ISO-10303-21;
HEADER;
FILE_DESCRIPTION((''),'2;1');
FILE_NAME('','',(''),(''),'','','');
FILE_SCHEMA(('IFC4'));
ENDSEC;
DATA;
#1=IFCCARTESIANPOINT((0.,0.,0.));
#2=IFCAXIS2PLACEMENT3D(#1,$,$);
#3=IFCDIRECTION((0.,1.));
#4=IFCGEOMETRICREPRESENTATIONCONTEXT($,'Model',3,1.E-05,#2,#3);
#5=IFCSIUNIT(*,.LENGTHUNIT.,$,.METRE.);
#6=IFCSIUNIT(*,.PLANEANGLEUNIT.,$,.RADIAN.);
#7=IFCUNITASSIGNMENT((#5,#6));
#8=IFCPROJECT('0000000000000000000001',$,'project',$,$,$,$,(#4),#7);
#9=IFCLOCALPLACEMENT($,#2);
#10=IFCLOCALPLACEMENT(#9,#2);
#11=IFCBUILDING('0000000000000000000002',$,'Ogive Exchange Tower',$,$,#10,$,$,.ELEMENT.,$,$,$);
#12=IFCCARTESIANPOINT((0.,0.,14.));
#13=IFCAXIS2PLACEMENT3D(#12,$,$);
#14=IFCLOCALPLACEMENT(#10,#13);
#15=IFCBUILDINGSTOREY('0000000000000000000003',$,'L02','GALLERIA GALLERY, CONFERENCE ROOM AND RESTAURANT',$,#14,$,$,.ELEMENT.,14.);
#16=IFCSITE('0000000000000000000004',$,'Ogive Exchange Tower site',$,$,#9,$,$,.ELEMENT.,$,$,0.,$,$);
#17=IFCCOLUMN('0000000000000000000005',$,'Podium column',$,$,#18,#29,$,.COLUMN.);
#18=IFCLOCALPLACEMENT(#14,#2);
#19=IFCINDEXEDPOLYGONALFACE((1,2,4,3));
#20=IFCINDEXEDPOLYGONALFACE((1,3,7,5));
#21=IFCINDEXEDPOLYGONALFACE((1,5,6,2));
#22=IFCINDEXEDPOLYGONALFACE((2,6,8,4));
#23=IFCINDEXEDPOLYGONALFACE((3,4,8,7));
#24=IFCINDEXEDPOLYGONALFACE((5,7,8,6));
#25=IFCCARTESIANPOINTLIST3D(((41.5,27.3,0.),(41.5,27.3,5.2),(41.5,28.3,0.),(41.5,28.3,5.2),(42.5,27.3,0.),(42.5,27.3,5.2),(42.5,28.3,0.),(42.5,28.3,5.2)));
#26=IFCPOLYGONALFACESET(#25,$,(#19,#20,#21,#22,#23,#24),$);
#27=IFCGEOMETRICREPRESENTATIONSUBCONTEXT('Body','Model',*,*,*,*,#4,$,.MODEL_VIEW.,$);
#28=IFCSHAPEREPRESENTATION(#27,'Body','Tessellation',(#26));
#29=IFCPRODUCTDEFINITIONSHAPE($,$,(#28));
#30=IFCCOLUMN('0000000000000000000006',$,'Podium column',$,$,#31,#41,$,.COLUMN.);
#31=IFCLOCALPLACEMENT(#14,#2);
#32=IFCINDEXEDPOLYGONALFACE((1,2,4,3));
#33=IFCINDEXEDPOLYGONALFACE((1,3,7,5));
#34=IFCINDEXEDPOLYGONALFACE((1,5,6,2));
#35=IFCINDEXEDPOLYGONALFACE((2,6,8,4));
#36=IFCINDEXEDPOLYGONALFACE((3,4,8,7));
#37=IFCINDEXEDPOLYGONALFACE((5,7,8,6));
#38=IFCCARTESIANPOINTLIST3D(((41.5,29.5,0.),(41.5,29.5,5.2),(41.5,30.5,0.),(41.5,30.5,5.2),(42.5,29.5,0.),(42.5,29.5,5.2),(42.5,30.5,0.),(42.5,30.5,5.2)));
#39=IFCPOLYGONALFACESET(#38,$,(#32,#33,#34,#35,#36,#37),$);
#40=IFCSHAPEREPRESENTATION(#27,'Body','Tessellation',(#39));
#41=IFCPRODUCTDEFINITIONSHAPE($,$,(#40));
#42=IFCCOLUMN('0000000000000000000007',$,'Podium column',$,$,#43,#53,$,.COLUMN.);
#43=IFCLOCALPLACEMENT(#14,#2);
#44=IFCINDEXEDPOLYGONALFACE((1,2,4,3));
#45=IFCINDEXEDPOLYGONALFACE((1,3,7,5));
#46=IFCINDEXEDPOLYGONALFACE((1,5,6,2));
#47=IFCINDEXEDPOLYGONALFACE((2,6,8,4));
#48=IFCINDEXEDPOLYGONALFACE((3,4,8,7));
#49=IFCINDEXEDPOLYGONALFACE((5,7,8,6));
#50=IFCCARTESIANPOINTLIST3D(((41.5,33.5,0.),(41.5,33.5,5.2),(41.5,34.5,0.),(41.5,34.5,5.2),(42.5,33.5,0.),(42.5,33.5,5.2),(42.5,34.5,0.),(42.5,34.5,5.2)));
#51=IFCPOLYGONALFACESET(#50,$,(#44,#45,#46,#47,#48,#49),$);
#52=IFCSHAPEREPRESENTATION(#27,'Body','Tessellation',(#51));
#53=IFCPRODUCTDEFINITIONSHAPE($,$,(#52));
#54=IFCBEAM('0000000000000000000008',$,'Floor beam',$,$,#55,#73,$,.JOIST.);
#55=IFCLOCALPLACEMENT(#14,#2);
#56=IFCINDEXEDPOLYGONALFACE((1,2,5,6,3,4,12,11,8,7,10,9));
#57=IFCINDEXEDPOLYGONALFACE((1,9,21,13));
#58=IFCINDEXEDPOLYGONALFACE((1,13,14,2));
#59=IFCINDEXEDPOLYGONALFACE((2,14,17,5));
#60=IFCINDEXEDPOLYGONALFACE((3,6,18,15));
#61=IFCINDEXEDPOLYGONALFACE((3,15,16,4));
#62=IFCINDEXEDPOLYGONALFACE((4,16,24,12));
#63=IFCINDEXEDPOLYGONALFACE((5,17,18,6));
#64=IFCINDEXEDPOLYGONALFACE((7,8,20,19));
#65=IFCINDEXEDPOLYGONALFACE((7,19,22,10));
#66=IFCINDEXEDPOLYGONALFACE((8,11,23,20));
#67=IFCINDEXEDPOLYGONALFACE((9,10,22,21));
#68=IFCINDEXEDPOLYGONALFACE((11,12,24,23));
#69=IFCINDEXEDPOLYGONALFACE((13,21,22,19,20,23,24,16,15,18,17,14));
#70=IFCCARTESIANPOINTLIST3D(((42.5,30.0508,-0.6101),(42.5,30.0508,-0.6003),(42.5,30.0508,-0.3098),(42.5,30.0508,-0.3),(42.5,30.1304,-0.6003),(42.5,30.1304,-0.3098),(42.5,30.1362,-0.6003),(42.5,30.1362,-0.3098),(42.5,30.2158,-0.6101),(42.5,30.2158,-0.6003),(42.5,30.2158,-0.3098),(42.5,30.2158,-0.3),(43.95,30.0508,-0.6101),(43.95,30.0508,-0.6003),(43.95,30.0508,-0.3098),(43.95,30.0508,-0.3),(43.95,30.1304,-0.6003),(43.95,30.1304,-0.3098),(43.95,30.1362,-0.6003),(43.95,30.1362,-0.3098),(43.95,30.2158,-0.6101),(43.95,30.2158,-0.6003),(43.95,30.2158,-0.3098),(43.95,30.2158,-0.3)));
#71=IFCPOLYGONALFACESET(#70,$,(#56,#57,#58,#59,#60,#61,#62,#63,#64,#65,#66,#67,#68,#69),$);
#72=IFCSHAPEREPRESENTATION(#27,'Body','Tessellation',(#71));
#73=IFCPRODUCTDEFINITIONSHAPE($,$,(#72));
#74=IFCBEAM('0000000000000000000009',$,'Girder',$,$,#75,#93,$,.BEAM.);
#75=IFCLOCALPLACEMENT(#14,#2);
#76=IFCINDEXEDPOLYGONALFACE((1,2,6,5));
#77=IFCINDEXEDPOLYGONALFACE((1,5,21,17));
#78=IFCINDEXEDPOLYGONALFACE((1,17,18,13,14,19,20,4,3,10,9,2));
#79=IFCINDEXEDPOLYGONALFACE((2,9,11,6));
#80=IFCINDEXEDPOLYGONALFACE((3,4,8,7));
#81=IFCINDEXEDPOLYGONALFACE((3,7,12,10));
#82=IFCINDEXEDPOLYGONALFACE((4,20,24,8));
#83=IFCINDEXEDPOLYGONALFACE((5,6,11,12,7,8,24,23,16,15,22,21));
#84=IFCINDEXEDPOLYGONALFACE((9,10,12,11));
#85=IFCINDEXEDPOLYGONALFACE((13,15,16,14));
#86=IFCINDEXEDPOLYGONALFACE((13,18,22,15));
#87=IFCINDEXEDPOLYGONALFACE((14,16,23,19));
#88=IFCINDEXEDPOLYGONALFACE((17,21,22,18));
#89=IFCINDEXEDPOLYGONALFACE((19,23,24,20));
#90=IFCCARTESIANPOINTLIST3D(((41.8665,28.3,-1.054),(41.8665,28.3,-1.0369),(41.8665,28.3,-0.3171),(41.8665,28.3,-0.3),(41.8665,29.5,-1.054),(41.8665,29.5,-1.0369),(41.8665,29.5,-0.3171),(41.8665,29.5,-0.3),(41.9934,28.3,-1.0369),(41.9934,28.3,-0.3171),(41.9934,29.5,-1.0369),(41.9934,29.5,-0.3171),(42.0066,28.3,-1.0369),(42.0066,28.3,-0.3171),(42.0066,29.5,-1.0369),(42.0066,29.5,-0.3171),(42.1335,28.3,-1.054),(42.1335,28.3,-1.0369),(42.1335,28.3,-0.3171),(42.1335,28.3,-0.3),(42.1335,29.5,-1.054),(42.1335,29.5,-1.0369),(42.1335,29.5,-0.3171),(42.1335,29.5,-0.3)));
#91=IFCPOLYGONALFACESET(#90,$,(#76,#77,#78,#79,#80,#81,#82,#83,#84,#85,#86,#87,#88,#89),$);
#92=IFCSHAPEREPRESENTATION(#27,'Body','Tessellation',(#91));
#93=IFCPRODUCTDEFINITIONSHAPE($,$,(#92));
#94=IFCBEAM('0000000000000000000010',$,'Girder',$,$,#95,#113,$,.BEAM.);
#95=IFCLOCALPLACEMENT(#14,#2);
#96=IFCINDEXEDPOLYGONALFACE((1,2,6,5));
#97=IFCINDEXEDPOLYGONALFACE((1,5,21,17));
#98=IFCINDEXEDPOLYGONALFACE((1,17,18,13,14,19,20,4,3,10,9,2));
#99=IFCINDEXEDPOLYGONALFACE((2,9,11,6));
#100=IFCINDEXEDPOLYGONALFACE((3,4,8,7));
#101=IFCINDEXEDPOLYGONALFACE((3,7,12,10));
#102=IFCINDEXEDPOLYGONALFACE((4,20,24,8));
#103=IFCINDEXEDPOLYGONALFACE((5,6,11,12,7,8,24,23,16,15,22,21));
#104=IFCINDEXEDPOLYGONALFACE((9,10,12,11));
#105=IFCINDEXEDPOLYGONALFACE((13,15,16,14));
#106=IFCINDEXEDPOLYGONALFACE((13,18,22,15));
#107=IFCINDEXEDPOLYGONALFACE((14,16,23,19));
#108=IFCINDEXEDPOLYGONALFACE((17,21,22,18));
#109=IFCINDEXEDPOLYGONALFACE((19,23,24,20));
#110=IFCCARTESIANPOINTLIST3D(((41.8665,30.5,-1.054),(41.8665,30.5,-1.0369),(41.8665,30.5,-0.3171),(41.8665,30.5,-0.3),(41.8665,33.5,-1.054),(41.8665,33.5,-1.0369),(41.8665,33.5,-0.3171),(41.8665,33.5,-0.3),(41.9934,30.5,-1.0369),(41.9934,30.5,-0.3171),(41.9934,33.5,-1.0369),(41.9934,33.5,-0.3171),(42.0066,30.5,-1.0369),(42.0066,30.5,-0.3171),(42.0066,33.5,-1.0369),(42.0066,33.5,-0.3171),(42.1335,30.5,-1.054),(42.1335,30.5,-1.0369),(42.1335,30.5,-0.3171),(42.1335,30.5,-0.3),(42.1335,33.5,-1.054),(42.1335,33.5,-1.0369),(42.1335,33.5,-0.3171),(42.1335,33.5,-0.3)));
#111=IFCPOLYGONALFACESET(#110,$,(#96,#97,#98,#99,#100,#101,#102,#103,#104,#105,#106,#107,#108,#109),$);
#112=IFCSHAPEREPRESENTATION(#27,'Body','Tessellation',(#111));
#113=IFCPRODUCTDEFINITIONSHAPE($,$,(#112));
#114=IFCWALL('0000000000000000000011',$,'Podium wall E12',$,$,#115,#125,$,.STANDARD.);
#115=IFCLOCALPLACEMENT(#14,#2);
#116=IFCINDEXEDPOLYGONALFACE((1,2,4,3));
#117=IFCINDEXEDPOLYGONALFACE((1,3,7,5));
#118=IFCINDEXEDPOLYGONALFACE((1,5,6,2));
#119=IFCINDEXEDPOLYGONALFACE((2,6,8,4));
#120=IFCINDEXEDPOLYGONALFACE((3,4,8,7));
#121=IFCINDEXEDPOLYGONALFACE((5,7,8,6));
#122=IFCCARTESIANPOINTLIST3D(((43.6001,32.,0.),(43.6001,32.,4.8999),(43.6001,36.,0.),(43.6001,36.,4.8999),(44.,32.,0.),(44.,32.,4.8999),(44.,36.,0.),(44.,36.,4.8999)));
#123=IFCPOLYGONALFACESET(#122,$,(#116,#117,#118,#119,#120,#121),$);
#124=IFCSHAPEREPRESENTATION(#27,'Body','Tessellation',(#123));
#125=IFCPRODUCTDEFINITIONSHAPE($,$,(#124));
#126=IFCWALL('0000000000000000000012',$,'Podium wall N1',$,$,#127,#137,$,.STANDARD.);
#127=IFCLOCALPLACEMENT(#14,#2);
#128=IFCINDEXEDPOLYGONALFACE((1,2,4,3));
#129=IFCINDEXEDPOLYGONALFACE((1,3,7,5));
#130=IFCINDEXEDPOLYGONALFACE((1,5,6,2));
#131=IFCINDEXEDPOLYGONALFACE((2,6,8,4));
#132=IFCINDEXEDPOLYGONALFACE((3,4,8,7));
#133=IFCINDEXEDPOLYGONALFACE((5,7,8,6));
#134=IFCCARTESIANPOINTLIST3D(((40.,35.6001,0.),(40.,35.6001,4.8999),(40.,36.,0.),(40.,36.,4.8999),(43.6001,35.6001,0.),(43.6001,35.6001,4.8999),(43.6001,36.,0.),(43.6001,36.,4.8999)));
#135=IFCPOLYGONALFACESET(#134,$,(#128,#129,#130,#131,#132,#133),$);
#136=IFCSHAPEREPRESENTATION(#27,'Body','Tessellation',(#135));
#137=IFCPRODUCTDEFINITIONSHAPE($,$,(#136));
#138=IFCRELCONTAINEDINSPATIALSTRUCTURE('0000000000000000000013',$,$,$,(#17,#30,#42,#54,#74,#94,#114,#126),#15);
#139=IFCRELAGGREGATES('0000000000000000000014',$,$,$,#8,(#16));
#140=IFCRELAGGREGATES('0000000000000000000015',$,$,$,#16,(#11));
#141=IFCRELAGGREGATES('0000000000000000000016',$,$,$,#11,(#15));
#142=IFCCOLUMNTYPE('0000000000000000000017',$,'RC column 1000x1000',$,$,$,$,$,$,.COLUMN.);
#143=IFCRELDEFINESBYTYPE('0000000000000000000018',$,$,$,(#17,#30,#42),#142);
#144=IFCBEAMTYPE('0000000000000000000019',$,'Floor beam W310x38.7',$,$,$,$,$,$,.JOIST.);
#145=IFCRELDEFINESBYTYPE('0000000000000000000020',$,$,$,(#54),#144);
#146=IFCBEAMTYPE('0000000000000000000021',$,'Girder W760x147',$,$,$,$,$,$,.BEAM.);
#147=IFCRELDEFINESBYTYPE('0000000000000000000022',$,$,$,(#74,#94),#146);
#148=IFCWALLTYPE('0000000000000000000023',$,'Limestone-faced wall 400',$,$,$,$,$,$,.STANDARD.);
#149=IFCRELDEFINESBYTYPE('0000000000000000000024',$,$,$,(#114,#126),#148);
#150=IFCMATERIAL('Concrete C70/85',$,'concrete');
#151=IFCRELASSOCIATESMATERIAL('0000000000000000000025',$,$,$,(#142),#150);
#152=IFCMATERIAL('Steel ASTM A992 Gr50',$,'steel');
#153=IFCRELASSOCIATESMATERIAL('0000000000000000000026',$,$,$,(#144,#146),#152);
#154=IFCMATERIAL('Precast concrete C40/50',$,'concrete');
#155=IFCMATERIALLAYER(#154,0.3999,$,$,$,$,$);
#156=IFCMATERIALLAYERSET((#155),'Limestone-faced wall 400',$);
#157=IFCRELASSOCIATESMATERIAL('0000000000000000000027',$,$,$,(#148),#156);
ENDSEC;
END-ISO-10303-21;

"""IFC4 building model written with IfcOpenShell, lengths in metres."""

from ifc_helpers import new_model, si_unit, direction, frame, frame_2d, origin, origin_2d, place, context, subcontext, project, spatial, rectangle, i_section, extrude, material, layer, layer_set, material_profile, profile_set, type_object, element, save


model = new_model("IFC4")

# Units and contexts
model_context = context("Model", 3, precision=1e-05, world=origin(), true_north=direction((0.0, 1.0)))
body_context = subcontext(model_context, "Body", "Model", "MODEL_VIEW")
ifc_project = project(units=[si_unit("LENGTHUNIT", "METRE"), si_unit("PLANEANGLEUNIT", "RADIAN")], contexts=[model_context])

# Site, building, storey
site_placement = place(None, origin())
site = spatial("IfcSite", under=ifc_project, at=site_placement, Name="Ogive Exchange Tower site", CompositionType="ELEMENT", RefElevation=0.0)
building_placement = place(site_placement, origin())
building = spatial("IfcBuilding", under=site, at=building_placement, Name="Ogive Exchange Tower", CompositionType="ELEMENT")
storey_placement = place(building_placement, frame((0.0, 0.0, 14.0)))
storey = spatial("IfcBuildingStorey", under=building, at=storey_placement, Name="L02", Description="GALLERIA GALLERY, CONFERENCE ROOM AND RESTAURANT", CompositionType="ELEMENT", Elevation=14.0)

# Columns
ifc_material_1 = material(Name="Concrete C70/85", Category="concrete")
ifc_material_profile_1 = material_profile(ifc_material_1, rectangle(XDim=1.0, YDim=1.0, at=origin_2d()), Name="RC 1000x1000")
ifc_profile_set_1 = profile_set([ifc_material_profile_1], Name="Concrete C70/85")
column_type = type_object("IfcColumnType", Name="RC column 1000x1000", PredefinedType="COLUMN", material=ifc_profile_set_1)
for number, where, z_axis, x_axis, name in (
    (1, (42.0, 27.8, 0.0), (0.0, 0.0, 1.0), (1.0, 0.0, 0.0), "Podium column"),
    (2, (42.0, 30.0, 0.0), (0.0, 0.0, 1.0), (1.0, 0.0, 0.0), "Podium column"),
    (3, (42.0, 34.0, 0.0), (0.0, 0.0, 1.0), (1.0, 0.0, 0.0), "Podium column"),
):
    element("IfcColumn", number, at=place(storey_placement, frame(where, z_axis=z_axis, x_axis=x_axis)), inside=storey, type_object=column_type, Name=name, PredefinedType="COLUMN", context=body_context, shape_type="SweptSolid", body=[
        extrude(rectangle(XDim=1.0, YDim=1.0, at=origin_2d()), origin(), (0.0, 0.0, 1.0), 5.2),
    ])

# Beams
ifc_material_2 = material(Name="Steel ASTM A992 Gr50", Category="steel")
ifc_material_profile_2 = material_profile(ifc_material_2, i_section(OverallWidth=0.165, OverallDepth=0.3101, WebThickness=0.0059, FlangeThickness=0.0098, at=origin_2d()), Name="W310x38.7")
ifc_profile_set_2 = profile_set([ifc_material_profile_2], Name="Steel ASTM A992 Gr50")
beam_type_1 = type_object("IfcBeamType", Name="Floor beam W310x38.7", PredefinedType="JOIST", material=ifc_profile_set_2)
beam_1_placement = place(storey_placement, frame((42.5, 30.1333, -0.4551), z_axis=(1.0, 0.0, 0.0), x_axis=(0.0, 1.0, 0.0)))
element("IfcBeam", 4, at=beam_1_placement, inside=storey, type_object=beam_type_1, Name="Floor beam", PredefinedType="JOIST", context=body_context, shape_type="SweptSolid", body=[
    extrude(i_section(OverallWidth=0.165, OverallDepth=0.3101, WebThickness=0.0059, FlangeThickness=0.0098, at=origin_2d()), origin(), (0.0, 0.0, 1.0), 1.45),
])
ifc_material_profile_3 = material_profile(ifc_material_2, i_section(OverallWidth=0.2671, OverallDepth=0.7539, WebThickness=0.0132, FlangeThickness=0.0171, at=origin_2d()), Name="W760x147")
ifc_profile_set_3 = profile_set([ifc_material_profile_3], Name="Steel ASTM A992 Gr50")
beam_type_2 = type_object("IfcBeamType", Name="Girder W760x147", PredefinedType="BEAM", material=ifc_profile_set_3)
beam_2_placement = place(storey_placement, frame((42.0, 28.3, -0.677), z_axis=(0.0, 1.0, 0.0), x_axis=(-1.0, 0.0, 0.0)))
element("IfcBeam", 5, at=beam_2_placement, inside=storey, type_object=beam_type_2, Name="Girder", PredefinedType="BEAM", context=body_context, shape_type="SweptSolid", body=[
    extrude(i_section(OverallWidth=0.2671, OverallDepth=0.7539, WebThickness=0.0132, FlangeThickness=0.0171, at=origin_2d()), origin(), (0.0, 0.0, 1.0), 1.2),
])
beam_3_placement = place(storey_placement, frame((42.0, 30.5, -0.677), z_axis=(0.0, 1.0, 0.0), x_axis=(-1.0, 0.0, 0.0)))
element("IfcBeam", 6, at=beam_3_placement, inside=storey, type_object=beam_type_2, Name="Girder", PredefinedType="BEAM", context=body_context, shape_type="SweptSolid", body=[
    extrude(i_section(OverallWidth=0.2671, OverallDepth=0.7539, WebThickness=0.0132, FlangeThickness=0.0171, at=origin_2d()), origin(), (0.0, 0.0, 1.0), 3.0),
])

# Walls
ifc_material_3 = material(Name="Precast concrete C40/50", Category="concrete")
ifc_layer_1 = layer(ifc_material_3, 0.3999)
ifc_layer_set_1 = layer_set([ifc_layer_1], Name="Limestone-faced wall 400")
wall_type_1 = type_object("IfcWallType", Name="Limestone-faced wall 400", PredefinedType="STANDARD", material=ifc_layer_set_1)
wall_1_placement = place(storey_placement, frame((43.8, 32.0, 0.0), z_axis=(0.0, 0.0, 1.0), x_axis=(0.0, 1.0, 0.0)))
element("IfcWall", 7, at=wall_1_placement, inside=storey, type_object=wall_type_1, Name="Podium wall E12", PredefinedType="STANDARD", context=body_context, shape_type="SweptSolid", body=[
    extrude(rectangle(XDim=4.0, YDim=0.3999, at=frame_2d((2.0, 0.0))), origin(), (0.0, 0.0, 1.0), 4.8999),
])
wall_2_placement = place(storey_placement, frame((43.6001, 35.8, 0.0), z_axis=(0.0, 0.0, 1.0), x_axis=(-1.0, 0.0, 0.0)))
element("IfcWall", 8, at=wall_2_placement, inside=storey, type_object=wall_type_1, Name="Podium wall N1", PredefinedType="STANDARD", context=body_context, shape_type="SweptSolid", body=[
    extrude(rectangle(XDim=3.6001, YDim=0.3999, at=frame_2d((1.8, 0.0))), origin(), (0.0, 0.0, 1.0), 4.8999),
])

save(model, "model.ifc")
